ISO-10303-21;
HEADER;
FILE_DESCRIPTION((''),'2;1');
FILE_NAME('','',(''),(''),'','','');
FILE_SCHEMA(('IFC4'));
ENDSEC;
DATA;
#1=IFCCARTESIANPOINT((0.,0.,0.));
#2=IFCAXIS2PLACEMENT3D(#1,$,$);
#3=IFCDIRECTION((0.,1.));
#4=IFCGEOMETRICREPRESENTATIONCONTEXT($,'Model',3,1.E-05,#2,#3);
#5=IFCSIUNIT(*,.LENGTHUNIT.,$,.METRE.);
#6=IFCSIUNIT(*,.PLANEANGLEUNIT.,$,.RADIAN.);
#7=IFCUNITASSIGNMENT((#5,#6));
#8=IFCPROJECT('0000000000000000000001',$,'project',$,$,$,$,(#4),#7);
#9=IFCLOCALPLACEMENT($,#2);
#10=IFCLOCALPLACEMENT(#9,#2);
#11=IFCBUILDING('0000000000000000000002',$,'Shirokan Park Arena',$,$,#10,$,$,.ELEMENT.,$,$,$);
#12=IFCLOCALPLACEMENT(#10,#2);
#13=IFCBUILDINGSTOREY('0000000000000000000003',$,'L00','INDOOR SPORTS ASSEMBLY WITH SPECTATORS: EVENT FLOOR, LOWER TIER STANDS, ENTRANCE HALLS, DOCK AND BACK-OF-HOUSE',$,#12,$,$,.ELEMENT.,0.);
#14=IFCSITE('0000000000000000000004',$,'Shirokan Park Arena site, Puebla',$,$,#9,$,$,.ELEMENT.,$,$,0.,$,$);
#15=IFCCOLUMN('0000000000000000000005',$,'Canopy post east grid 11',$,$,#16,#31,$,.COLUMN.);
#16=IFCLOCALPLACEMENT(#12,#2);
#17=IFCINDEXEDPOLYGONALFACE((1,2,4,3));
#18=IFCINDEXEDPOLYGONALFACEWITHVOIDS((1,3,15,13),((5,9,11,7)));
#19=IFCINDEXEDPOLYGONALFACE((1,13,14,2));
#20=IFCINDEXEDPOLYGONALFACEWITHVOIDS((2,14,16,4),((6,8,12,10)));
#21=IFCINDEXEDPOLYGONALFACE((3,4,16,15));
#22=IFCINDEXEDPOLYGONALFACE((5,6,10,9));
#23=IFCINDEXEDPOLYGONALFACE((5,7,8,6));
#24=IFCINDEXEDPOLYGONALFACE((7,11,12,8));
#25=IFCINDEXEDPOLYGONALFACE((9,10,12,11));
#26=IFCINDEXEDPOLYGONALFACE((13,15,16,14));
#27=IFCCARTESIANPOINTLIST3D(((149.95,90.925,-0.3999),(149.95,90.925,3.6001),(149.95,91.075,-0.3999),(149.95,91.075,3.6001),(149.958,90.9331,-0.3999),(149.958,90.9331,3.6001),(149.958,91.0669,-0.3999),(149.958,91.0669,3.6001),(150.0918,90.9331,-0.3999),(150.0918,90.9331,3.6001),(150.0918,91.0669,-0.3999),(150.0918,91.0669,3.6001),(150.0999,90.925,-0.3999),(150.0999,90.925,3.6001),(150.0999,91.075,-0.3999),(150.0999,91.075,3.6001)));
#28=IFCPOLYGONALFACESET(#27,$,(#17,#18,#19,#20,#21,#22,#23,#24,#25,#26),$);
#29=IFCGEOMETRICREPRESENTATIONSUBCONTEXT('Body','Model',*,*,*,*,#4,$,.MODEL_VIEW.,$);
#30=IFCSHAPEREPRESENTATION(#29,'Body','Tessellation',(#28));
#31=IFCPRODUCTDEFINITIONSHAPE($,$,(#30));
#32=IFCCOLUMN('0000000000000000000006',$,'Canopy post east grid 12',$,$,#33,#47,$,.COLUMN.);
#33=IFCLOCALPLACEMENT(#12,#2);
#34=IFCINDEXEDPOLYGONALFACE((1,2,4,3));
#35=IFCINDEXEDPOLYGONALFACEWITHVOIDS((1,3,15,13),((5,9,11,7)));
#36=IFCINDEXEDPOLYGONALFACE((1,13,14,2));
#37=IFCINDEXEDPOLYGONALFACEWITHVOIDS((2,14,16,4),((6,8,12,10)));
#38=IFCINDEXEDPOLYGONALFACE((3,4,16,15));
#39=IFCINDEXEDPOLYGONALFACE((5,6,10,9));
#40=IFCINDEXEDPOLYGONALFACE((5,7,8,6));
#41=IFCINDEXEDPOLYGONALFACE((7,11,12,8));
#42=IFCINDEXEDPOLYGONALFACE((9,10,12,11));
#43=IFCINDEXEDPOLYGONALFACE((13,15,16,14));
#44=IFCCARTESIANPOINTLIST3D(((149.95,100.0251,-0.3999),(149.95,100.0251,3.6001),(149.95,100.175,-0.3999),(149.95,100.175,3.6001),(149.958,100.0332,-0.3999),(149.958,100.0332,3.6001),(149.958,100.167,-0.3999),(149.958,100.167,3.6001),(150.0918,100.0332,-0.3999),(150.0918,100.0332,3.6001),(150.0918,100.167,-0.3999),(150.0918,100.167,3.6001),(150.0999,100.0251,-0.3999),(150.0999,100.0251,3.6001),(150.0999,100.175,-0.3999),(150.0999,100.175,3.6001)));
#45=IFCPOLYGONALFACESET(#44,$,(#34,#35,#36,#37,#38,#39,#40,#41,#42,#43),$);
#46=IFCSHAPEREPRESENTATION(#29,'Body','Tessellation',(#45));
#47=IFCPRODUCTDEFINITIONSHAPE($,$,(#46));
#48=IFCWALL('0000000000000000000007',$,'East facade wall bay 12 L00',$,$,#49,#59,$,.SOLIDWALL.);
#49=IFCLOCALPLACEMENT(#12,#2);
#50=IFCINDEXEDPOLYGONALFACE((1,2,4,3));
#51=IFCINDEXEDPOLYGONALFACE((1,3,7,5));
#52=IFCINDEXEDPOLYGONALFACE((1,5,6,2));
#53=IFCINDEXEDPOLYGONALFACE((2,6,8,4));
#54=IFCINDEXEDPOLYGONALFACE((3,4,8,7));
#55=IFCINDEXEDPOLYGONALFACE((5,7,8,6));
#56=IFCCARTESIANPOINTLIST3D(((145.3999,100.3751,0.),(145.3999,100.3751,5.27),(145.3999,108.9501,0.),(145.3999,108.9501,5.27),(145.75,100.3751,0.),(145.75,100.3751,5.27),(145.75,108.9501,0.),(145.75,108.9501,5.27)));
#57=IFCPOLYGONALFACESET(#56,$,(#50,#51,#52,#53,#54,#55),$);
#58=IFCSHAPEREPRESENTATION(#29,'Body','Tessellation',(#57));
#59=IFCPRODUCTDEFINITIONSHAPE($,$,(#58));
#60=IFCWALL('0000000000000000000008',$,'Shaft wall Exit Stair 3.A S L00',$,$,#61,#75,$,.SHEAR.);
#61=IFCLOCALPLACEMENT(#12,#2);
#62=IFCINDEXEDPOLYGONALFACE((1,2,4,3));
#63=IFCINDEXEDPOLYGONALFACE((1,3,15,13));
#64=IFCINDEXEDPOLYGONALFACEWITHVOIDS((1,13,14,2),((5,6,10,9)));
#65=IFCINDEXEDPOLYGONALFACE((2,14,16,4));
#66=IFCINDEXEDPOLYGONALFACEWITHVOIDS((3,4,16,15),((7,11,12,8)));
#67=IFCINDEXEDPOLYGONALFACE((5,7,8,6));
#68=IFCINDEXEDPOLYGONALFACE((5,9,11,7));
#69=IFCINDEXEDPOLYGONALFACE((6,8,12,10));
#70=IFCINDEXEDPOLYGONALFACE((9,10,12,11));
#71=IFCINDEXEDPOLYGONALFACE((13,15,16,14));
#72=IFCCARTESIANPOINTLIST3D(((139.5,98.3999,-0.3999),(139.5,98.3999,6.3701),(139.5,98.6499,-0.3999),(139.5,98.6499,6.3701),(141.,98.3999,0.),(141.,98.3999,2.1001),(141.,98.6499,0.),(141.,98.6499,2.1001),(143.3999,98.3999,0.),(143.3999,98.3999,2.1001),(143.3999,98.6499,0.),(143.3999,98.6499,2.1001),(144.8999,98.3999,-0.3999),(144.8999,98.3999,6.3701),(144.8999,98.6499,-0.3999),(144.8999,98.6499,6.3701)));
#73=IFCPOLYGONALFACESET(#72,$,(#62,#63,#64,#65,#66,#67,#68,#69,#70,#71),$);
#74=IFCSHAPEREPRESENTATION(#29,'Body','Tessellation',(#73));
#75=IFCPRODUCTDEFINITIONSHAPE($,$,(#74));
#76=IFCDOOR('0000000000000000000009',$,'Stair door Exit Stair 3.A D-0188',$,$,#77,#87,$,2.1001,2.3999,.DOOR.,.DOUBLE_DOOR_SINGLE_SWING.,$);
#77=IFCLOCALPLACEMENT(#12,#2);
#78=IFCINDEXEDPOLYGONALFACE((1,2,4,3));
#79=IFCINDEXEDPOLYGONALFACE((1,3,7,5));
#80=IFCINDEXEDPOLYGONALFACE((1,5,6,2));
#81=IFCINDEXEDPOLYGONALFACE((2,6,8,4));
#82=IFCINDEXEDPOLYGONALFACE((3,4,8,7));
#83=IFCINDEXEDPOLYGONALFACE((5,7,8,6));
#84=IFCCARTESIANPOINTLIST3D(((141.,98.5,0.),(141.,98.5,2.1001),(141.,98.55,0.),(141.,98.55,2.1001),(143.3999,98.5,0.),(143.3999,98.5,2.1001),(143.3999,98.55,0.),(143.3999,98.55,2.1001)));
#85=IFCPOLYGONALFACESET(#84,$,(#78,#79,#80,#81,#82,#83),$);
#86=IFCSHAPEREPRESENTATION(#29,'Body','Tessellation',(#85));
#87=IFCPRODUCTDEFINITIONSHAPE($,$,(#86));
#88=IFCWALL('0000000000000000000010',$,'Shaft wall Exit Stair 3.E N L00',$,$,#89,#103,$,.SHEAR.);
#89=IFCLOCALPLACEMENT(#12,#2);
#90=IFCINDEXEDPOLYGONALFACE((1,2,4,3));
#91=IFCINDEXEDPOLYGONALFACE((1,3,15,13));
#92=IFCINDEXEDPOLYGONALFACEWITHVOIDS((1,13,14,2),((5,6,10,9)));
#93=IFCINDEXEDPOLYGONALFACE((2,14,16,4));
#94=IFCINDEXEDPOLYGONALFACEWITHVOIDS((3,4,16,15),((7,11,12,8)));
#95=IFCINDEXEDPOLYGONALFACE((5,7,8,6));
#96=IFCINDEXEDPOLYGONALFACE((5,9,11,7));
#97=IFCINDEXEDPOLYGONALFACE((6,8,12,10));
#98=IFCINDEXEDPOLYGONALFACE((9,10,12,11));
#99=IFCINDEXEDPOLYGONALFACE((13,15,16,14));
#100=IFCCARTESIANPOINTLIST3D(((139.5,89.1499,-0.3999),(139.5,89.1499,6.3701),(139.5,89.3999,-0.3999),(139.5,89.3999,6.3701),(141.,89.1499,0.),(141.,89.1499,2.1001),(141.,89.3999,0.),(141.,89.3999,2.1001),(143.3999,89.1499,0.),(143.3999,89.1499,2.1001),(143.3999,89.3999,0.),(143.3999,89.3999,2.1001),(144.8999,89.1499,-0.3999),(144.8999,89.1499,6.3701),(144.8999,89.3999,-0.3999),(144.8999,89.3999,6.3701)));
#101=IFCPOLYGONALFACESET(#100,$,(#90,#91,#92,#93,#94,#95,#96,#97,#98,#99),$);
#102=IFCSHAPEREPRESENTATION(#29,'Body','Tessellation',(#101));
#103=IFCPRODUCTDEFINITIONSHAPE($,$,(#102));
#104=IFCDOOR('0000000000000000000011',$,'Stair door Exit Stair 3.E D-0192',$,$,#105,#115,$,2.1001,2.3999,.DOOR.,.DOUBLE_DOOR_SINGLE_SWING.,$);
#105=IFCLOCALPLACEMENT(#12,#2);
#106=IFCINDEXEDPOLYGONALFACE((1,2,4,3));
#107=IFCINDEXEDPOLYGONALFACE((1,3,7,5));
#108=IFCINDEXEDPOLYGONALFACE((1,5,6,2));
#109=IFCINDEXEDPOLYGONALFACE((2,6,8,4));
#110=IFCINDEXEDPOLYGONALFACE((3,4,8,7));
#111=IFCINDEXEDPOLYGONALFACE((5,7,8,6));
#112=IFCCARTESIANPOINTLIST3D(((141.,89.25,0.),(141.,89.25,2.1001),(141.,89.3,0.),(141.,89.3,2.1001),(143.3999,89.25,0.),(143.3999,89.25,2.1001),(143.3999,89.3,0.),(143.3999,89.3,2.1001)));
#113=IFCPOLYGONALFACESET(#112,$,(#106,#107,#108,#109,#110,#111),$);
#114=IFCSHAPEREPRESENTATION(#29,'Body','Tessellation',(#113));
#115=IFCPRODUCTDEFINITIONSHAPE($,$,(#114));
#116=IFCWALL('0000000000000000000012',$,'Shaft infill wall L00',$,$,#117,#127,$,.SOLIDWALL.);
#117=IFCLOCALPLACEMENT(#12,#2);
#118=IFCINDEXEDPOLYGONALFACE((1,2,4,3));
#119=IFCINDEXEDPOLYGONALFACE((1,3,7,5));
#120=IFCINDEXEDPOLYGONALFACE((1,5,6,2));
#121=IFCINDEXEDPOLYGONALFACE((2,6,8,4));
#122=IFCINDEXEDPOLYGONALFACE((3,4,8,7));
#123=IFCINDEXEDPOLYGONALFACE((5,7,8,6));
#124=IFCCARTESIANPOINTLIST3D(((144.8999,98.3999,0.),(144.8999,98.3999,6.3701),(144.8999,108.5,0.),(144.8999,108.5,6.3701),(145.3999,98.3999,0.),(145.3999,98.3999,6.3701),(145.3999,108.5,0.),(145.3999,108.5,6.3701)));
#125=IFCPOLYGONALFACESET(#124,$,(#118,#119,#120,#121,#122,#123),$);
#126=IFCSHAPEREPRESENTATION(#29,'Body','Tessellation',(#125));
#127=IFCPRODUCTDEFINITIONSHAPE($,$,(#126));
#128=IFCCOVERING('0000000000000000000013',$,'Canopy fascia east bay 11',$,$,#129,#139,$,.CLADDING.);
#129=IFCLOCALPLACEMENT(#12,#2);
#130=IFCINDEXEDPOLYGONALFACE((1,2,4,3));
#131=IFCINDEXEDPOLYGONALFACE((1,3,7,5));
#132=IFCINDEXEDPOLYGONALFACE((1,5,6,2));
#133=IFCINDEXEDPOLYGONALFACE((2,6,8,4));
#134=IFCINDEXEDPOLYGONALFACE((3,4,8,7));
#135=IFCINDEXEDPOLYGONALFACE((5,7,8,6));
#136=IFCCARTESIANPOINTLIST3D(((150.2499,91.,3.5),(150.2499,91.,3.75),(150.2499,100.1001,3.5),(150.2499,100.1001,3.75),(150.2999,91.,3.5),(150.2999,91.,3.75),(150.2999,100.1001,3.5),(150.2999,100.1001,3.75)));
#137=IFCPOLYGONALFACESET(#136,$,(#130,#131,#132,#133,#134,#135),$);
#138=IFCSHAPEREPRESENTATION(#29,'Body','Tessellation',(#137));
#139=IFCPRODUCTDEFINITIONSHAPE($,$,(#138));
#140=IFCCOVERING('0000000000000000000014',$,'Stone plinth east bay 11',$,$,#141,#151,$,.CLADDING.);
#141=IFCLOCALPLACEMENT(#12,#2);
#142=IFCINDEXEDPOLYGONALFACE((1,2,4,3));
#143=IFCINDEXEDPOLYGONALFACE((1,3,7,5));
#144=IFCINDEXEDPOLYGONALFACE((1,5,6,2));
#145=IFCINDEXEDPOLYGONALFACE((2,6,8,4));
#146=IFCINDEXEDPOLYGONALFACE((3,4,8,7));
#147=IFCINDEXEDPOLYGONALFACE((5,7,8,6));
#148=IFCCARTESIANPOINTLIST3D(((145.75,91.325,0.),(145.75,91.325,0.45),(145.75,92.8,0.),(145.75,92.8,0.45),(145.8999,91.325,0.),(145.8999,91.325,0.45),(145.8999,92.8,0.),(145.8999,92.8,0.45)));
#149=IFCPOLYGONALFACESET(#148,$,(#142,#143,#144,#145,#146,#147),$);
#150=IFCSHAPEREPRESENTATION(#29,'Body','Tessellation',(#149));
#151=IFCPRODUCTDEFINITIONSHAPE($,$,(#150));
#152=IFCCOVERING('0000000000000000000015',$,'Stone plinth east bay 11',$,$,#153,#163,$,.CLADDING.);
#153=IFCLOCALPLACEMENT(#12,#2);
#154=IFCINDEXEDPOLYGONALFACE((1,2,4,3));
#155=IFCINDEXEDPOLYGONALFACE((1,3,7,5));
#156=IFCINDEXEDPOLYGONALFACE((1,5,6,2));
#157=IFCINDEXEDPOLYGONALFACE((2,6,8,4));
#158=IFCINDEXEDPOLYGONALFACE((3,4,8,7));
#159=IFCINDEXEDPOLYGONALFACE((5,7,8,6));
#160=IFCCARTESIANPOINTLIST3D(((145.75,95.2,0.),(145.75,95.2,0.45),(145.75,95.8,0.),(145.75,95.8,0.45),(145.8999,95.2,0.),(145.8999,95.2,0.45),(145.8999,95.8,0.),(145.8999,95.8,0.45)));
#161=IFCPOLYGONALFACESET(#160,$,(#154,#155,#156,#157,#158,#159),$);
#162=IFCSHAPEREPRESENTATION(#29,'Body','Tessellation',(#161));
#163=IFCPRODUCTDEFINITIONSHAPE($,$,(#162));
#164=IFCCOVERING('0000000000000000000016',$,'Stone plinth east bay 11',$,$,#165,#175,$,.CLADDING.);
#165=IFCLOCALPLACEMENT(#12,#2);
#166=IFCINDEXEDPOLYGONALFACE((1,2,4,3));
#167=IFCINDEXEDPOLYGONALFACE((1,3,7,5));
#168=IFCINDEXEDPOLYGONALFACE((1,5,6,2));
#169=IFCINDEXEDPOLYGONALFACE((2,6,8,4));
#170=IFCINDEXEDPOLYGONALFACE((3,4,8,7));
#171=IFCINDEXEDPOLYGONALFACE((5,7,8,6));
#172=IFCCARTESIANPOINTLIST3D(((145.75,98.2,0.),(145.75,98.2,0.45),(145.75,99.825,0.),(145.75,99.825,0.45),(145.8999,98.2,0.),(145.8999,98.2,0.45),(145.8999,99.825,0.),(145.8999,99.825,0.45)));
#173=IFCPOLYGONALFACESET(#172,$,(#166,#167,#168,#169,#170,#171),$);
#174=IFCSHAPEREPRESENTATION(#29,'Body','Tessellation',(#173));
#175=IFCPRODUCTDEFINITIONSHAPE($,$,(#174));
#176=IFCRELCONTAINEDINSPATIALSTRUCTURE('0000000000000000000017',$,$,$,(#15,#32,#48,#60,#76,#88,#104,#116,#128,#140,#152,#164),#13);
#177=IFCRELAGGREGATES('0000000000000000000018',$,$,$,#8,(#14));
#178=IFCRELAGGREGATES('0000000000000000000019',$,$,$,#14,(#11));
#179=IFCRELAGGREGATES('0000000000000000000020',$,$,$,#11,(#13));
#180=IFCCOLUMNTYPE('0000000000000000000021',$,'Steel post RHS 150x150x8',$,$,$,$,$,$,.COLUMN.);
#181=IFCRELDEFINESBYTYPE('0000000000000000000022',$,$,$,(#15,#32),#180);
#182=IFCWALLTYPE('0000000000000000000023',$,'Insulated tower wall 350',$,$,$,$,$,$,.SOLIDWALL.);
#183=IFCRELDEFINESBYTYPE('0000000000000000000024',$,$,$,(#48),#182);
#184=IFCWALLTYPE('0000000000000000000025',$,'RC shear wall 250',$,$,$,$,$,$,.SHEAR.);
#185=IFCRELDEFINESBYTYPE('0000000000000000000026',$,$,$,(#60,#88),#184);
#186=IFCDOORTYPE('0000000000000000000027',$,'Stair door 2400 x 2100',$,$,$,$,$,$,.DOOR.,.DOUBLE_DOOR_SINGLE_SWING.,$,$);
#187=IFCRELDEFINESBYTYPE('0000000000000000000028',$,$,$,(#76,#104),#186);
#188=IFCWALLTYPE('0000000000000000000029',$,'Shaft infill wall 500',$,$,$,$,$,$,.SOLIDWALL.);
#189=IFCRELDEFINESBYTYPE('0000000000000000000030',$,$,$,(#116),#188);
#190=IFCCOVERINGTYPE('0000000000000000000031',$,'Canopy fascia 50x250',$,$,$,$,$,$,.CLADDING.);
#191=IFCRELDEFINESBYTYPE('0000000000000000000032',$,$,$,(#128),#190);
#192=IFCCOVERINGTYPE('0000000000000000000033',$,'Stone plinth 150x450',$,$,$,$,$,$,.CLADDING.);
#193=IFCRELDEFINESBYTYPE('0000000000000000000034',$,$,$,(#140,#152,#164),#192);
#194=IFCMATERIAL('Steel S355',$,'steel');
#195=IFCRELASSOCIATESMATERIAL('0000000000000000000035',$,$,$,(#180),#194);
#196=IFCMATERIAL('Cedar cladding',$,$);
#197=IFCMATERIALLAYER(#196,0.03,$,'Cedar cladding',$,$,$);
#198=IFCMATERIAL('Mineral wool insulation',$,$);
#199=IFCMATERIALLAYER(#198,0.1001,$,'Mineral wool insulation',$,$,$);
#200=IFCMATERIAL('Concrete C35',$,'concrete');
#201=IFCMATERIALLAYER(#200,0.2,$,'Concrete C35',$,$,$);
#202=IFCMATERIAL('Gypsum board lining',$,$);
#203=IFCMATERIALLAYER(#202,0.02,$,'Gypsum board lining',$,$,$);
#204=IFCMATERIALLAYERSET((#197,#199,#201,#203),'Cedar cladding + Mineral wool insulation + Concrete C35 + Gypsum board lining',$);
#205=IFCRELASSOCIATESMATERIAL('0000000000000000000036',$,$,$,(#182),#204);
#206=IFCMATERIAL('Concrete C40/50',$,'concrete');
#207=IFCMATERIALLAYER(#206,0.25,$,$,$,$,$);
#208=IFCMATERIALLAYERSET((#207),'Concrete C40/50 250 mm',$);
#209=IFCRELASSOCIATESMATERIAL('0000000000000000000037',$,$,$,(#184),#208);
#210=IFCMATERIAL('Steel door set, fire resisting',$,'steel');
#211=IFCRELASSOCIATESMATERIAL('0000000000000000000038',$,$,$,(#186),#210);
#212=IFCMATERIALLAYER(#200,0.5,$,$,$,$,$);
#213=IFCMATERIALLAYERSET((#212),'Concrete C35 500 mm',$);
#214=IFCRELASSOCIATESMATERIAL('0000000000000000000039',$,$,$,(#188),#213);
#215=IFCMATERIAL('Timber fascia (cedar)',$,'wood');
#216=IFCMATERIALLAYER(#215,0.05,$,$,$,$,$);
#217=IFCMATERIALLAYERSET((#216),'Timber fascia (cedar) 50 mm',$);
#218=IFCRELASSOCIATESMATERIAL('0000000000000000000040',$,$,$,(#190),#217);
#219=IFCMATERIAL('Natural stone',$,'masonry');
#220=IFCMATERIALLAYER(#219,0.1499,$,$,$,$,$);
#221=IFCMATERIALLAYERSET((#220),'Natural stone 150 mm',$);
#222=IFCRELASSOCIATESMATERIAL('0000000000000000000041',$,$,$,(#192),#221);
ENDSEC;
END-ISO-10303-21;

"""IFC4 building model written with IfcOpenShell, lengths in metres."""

from ifc_helpers import new_model, si_unit, direction, frame, frame_2d, origin, origin_2d, place, context, subcontext, project, spatial, rectangle, hollow_rectangle, extrude, material, layer, layer_set, material_profile, profile_set, type_object, element, fill, save


model = new_model("IFC4")

# Units and contexts
model_context = context("Model", 3, precision=1e-05, world=origin(), true_north=direction((0.0, 1.0)))
body_context = subcontext(model_context, "Body", "Model", "MODEL_VIEW")
ifc_project = project(units=[si_unit("LENGTHUNIT", "METRE"), si_unit("PLANEANGLEUNIT", "RADIAN")], contexts=[model_context])

# Site, building, storey
site_placement = place(None, origin())
site = spatial("IfcSite", under=ifc_project, at=site_placement, Name="Shirokan Park Arena site, Puebla", CompositionType="ELEMENT", RefElevation=0.0)
building_placement = place(site_placement, origin())
building = spatial("IfcBuilding", under=site, at=building_placement, Name="Shirokan Park Arena", CompositionType="ELEMENT")
storey_placement = place(building_placement, origin())
storey = spatial("IfcBuildingStorey", under=building, at=storey_placement, Name="L00", Description="INDOOR SPORTS ASSEMBLY WITH SPECTATORS: EVENT FLOOR, LOWER TIER STANDS, ENTRANCE HALLS, DOCK AND BACK-OF-HOUSE", CompositionType="ELEMENT", Elevation=0.0)

# Columns
ifc_material_1 = material(Name="Concrete C35", Category="concrete")
ifc_material_2 = material(Name="Steel S355", Category="steel")
ifc_material_profile_1 = material_profile(ifc_material_2, hollow_rectangle(XDim=0.1499, YDim=0.1499, WallThickness=0.0081, at=origin_2d()), Name="RHS 150x150x8")
ifc_profile_set_1 = profile_set([ifc_material_profile_1], Name="Steel S355")
column_type_1 = type_object("IfcColumnType", Name="Steel post RHS 150x150x8", PredefinedType="COLUMN", material=ifc_profile_set_1)
for number, where, z_axis, x_axis, name in (
    (1, (150.0249, 91.0, -0.3999), (0.0, 0.0, 1.0), (1.0, 0.0, 0.0), "Canopy post east grid 11"),
    (2, (150.0249, 100.1001, -0.3999), (0.0, 0.0, 1.0), (1.0, 0.0, 0.0), "Canopy post east grid 12"),
):
    element("IfcColumn", number, at=place(storey_placement, frame(where, z_axis=z_axis, x_axis=x_axis)), inside=storey, type_object=column_type_1, Name=name, PredefinedType="COLUMN", context=body_context, shape_type="SweptSolid", body=[
        extrude(hollow_rectangle(XDim=0.1499, YDim=0.1499, WallThickness=0.0081, at=origin_2d()), origin(), (0.0, 0.0, 1.0), 4.0),
    ])

# Shared definitions
ifc_material_3 = material(Name="Cedar cladding")
ifc_layer_1 = layer(ifc_material_3, 0.03, Name="Cedar cladding")
ifc_material_4 = material(Name="Mineral wool insulation")
ifc_layer_2 = layer(ifc_material_4, 0.1001, Name="Mineral wool insulation")
ifc_layer_3 = layer(ifc_material_1, 0.2, Name="Concrete C35")
ifc_material_5 = material(Name="Gypsum board lining")
ifc_layer_4 = layer(ifc_material_5, 0.02, Name="Gypsum board lining")
ifc_layer_set_1 = layer_set([ifc_layer_1, ifc_layer_2, ifc_layer_3, ifc_layer_4], Name="Cedar cladding + Mineral wool insulation + Concrete C35 + Gypsum board lining")
wall_type_1 = type_object("IfcWallType", Name="Insulated tower wall 350", PredefinedType="SOLIDWALL", material=ifc_layer_set_1)

# Wall
wall_1_placement = place(storey_placement, frame((145.575, 100.375, 0.0), z_axis=(0.0, 0.0, 1.0), x_axis=(0.0, 1.0, 0.0)))
element("IfcWall", 3, at=wall_1_placement, inside=storey, type_object=wall_type_1, Name="East facade wall bay 12 L00", PredefinedType="SOLIDWALL", context=body_context, shape_type="SweptSolid", body=[
    extrude(rectangle(XDim=8.575, YDim=0.3501, at=frame_2d((4.2876, 0.0))), origin(), (0.0, 0.0, 1.0), 5.27),
])

# Walls, openings, doors
ifc_material_6 = material(Name="Concrete C40/50", Category="concrete")
ifc_layer_5 = layer(ifc_material_6, 0.25)
ifc_layer_set_2 = layer_set([ifc_layer_5], Name="Concrete C40/50 250 mm")
wall_type_2 = type_object("IfcWallType", Name="RC shear wall 250", PredefinedType="SHEAR", material=ifc_layer_set_2)
wall_2_placement = place(storey_placement, frame((144.8999, 98.5249, -0.3999), z_axis=(0.0, 0.0, 1.0), x_axis=(-1.0, 0.0, 0.0)))
wall_2 = element("IfcWall", 4, at=wall_2_placement, inside=storey, type_object=wall_type_2, Name="Shaft wall Exit Stair 3.A S L00", PredefinedType="SHEAR", context=body_context, shape_type="SweptSolid", body=[
    extrude(rectangle(XDim=5.3999, YDim=0.25, at=frame_2d((2.7, 0.0))), origin(), (0.0, 0.0, 1.0), 6.77),
])
opening_1_placement = place(wall_2_placement, frame((1.5, 0.0, 0.3999)))
opening_1 = element("IfcOpeningElement", 5, at=opening_1_placement, cuts=wall_2, PredefinedType="OPENING", context=body_context, shape_type="SweptSolid", body=[
    extrude(rectangle(XDim=2.3999, YDim=2.1001, at=frame_2d((1.2, 1.05))), frame((0.0, 0.135, 0.0), z_axis=(0.0, -1.0, 0.0), x_axis=(1.0, 0.0, 0.0)), (0.0, 0.0, 1.0), 0.27),
])
ifc_material_7 = material(Name="Steel door set, fire resisting", Category="steel")
door_type_1 = type_object("IfcDoorType", Name="Stair door 2400 x 2100", OperationType="DOUBLE_DOOR_SINGLE_SWING", PredefinedType="DOOR", material=ifc_material_7)
door_1_placement = place(opening_1_placement, origin())
door_1 = element("IfcDoor", 6, at=door_1_placement, inside=storey, type_object=door_type_1, Name="Stair door Exit Stair 3.A D-0188", OperationType="DOUBLE_DOOR_SINGLE_SWING", OverallHeight=2.1001, OverallWidth=2.3999, PredefinedType="DOOR", context=body_context, shape_type="SweptSolid", body=[
    extrude(rectangle(XDim=2.3999, YDim=2.1001, at=frame_2d((1.2, 1.05))), frame((0.0, 0.0249, 0.0), z_axis=(0.0, -1.0, 0.0), x_axis=(1.0, 0.0, 0.0)), (0.0, 0.0, 1.0), 0.05),
])
fill(opening_1, door_1)
wall_3_placement = place(storey_placement, frame((144.8999, 89.2749, -0.3999), z_axis=(0.0, 0.0, 1.0), x_axis=(-1.0, 0.0, 0.0)))
wall_3 = element("IfcWall", 7, at=wall_3_placement, inside=storey, type_object=wall_type_2, Name="Shaft wall Exit Stair 3.E N L00", PredefinedType="SHEAR", context=body_context, shape_type="SweptSolid", body=[
    extrude(rectangle(XDim=5.3999, YDim=0.25, at=frame_2d((2.7, 0.0))), origin(), (0.0, 0.0, 1.0), 6.77),
])
opening_2_placement = place(wall_3_placement, frame((1.5, 0.0, 0.3999)))
opening_2 = element("IfcOpeningElement", 8, at=opening_2_placement, cuts=wall_3, PredefinedType="OPENING", context=body_context, shape_type="SweptSolid", body=[
    extrude(rectangle(XDim=2.3999, YDim=2.1001, at=frame_2d((1.2, 1.05))), frame((0.0, 0.135, 0.0), z_axis=(0.0, -1.0, 0.0), x_axis=(1.0, 0.0, 0.0)), (0.0, 0.0, 1.0), 0.27),
])
door_2_placement = place(opening_2_placement, origin())
door_2 = element("IfcDoor", 9, at=door_2_placement, inside=storey, type_object=door_type_1, Name="Stair door Exit Stair 3.E D-0192", OperationType="DOUBLE_DOOR_SINGLE_SWING", OverallHeight=2.1001, OverallWidth=2.3999, PredefinedType="DOOR", context=body_context, shape_type="SweptSolid", body=[
    extrude(rectangle(XDim=2.3999, YDim=2.1001, at=frame_2d((1.2, 1.05))), frame((0.0, 0.0249, 0.0), z_axis=(0.0, -1.0, 0.0), x_axis=(1.0, 0.0, 0.0)), (0.0, 0.0, 1.0), 0.05),
])
fill(opening_2, door_2)

# Wall
ifc_layer_6 = layer(ifc_material_1, 0.5)
ifc_layer_set_3 = layer_set([ifc_layer_6], Name="Concrete C35 500 mm")
wall_type_3 = type_object("IfcWallType", Name="Shaft infill wall 500", PredefinedType="SOLIDWALL", material=ifc_layer_set_3)
wall_4_placement = place(storey_placement, frame((145.1499, 98.3999, 0.0), z_axis=(0.0, 0.0, 1.0), x_axis=(0.0, 1.0, 0.0)))
element("IfcWall", 10, at=wall_4_placement, inside=storey, type_object=wall_type_3, Name="Shaft infill wall L00", PredefinedType="SOLIDWALL", context=body_context, shape_type="SweptSolid", body=[
    extrude(rectangle(XDim=10.1001, YDim=0.5, at=frame_2d((5.05, 0.0))), origin(), (0.0, 0.0, 1.0), 6.3701),
])

# Coverings
ifc_material_8 = material(Name="Timber fascia (cedar)", Category="wood")
ifc_layer_7 = layer(ifc_material_8, 0.05)
ifc_layer_set_4 = layer_set([ifc_layer_7], Name="Timber fascia (cedar) 50 mm")
covering_type_1 = type_object("IfcCoveringType", Name="Canopy fascia 50x250", PredefinedType="CLADDING", material=ifc_layer_set_4)
covering_1_placement = place(storey_placement, frame((150.2749, 95.55, 3.5), z_axis=(0.0, 0.0, 1.0), x_axis=(0.0, 1.0, 0.0)))
element("IfcCovering", 11, at=covering_1_placement, inside=storey, type_object=covering_type_1, Name="Canopy fascia east bay 11", PredefinedType="CLADDING", context=body_context, shape_type="SweptSolid", body=[
    extrude(rectangle(XDim=9.1001, YDim=0.05, at=origin_2d()), origin(), (0.0, 0.0, 1.0), 0.25),
])
ifc_material_9 = material(Name="Natural stone", Category="masonry")
ifc_layer_8 = layer(ifc_material_9, 0.1499)
ifc_layer_set_5 = layer_set([ifc_layer_8], Name="Natural stone 150 mm")
covering_type_2 = type_object("IfcCoveringType", Name="Stone plinth 150x450", PredefinedType="CLADDING", material=ifc_layer_set_5)
covering_2_placement = place(storey_placement, frame((145.825, 92.0625, 0.0), z_axis=(0.0, 0.0, 1.0), x_axis=(0.0, 1.0, 0.0)))
element("IfcCovering", 12, at=covering_2_placement, inside=storey, type_object=covering_type_2, Name="Stone plinth east bay 11", PredefinedType="CLADDING", context=body_context, shape_type="SweptSolid", body=[
    extrude(rectangle(XDim=1.4751, YDim=0.1499, at=origin_2d()), origin(), (0.0, 0.0, 1.0), 0.45),
])
covering_3_placement = place(storey_placement, frame((145.825, 95.5, 0.0), z_axis=(0.0, 0.0, 1.0), x_axis=(0.0, 1.0, 0.0)))
element("IfcCovering", 13, at=covering_3_placement, inside=storey, type_object=covering_type_2, Name="Stone plinth east bay 11", PredefinedType="CLADDING", context=body_context, shape_type="SweptSolid", body=[
    extrude(rectangle(XDim=0.6001, YDim=0.1499, at=origin_2d()), origin(), (0.0, 0.0, 1.0), 0.45),
])
covering_4_placement = place(storey_placement, frame((145.825, 99.0125, 0.0), z_axis=(0.0, 0.0, 1.0), x_axis=(0.0, 1.0, 0.0)))
element("IfcCovering", 14, at=covering_4_placement, inside=storey, type_object=covering_type_2, Name="Stone plinth east bay 11", PredefinedType="CLADDING", context=body_context, shape_type="SweptSolid", body=[
    extrude(rectangle(XDim=1.625, YDim=0.1499, at=origin_2d()), origin(), (0.0, 0.0, 1.0), 0.45),
])

save(model, "model.ifc")
